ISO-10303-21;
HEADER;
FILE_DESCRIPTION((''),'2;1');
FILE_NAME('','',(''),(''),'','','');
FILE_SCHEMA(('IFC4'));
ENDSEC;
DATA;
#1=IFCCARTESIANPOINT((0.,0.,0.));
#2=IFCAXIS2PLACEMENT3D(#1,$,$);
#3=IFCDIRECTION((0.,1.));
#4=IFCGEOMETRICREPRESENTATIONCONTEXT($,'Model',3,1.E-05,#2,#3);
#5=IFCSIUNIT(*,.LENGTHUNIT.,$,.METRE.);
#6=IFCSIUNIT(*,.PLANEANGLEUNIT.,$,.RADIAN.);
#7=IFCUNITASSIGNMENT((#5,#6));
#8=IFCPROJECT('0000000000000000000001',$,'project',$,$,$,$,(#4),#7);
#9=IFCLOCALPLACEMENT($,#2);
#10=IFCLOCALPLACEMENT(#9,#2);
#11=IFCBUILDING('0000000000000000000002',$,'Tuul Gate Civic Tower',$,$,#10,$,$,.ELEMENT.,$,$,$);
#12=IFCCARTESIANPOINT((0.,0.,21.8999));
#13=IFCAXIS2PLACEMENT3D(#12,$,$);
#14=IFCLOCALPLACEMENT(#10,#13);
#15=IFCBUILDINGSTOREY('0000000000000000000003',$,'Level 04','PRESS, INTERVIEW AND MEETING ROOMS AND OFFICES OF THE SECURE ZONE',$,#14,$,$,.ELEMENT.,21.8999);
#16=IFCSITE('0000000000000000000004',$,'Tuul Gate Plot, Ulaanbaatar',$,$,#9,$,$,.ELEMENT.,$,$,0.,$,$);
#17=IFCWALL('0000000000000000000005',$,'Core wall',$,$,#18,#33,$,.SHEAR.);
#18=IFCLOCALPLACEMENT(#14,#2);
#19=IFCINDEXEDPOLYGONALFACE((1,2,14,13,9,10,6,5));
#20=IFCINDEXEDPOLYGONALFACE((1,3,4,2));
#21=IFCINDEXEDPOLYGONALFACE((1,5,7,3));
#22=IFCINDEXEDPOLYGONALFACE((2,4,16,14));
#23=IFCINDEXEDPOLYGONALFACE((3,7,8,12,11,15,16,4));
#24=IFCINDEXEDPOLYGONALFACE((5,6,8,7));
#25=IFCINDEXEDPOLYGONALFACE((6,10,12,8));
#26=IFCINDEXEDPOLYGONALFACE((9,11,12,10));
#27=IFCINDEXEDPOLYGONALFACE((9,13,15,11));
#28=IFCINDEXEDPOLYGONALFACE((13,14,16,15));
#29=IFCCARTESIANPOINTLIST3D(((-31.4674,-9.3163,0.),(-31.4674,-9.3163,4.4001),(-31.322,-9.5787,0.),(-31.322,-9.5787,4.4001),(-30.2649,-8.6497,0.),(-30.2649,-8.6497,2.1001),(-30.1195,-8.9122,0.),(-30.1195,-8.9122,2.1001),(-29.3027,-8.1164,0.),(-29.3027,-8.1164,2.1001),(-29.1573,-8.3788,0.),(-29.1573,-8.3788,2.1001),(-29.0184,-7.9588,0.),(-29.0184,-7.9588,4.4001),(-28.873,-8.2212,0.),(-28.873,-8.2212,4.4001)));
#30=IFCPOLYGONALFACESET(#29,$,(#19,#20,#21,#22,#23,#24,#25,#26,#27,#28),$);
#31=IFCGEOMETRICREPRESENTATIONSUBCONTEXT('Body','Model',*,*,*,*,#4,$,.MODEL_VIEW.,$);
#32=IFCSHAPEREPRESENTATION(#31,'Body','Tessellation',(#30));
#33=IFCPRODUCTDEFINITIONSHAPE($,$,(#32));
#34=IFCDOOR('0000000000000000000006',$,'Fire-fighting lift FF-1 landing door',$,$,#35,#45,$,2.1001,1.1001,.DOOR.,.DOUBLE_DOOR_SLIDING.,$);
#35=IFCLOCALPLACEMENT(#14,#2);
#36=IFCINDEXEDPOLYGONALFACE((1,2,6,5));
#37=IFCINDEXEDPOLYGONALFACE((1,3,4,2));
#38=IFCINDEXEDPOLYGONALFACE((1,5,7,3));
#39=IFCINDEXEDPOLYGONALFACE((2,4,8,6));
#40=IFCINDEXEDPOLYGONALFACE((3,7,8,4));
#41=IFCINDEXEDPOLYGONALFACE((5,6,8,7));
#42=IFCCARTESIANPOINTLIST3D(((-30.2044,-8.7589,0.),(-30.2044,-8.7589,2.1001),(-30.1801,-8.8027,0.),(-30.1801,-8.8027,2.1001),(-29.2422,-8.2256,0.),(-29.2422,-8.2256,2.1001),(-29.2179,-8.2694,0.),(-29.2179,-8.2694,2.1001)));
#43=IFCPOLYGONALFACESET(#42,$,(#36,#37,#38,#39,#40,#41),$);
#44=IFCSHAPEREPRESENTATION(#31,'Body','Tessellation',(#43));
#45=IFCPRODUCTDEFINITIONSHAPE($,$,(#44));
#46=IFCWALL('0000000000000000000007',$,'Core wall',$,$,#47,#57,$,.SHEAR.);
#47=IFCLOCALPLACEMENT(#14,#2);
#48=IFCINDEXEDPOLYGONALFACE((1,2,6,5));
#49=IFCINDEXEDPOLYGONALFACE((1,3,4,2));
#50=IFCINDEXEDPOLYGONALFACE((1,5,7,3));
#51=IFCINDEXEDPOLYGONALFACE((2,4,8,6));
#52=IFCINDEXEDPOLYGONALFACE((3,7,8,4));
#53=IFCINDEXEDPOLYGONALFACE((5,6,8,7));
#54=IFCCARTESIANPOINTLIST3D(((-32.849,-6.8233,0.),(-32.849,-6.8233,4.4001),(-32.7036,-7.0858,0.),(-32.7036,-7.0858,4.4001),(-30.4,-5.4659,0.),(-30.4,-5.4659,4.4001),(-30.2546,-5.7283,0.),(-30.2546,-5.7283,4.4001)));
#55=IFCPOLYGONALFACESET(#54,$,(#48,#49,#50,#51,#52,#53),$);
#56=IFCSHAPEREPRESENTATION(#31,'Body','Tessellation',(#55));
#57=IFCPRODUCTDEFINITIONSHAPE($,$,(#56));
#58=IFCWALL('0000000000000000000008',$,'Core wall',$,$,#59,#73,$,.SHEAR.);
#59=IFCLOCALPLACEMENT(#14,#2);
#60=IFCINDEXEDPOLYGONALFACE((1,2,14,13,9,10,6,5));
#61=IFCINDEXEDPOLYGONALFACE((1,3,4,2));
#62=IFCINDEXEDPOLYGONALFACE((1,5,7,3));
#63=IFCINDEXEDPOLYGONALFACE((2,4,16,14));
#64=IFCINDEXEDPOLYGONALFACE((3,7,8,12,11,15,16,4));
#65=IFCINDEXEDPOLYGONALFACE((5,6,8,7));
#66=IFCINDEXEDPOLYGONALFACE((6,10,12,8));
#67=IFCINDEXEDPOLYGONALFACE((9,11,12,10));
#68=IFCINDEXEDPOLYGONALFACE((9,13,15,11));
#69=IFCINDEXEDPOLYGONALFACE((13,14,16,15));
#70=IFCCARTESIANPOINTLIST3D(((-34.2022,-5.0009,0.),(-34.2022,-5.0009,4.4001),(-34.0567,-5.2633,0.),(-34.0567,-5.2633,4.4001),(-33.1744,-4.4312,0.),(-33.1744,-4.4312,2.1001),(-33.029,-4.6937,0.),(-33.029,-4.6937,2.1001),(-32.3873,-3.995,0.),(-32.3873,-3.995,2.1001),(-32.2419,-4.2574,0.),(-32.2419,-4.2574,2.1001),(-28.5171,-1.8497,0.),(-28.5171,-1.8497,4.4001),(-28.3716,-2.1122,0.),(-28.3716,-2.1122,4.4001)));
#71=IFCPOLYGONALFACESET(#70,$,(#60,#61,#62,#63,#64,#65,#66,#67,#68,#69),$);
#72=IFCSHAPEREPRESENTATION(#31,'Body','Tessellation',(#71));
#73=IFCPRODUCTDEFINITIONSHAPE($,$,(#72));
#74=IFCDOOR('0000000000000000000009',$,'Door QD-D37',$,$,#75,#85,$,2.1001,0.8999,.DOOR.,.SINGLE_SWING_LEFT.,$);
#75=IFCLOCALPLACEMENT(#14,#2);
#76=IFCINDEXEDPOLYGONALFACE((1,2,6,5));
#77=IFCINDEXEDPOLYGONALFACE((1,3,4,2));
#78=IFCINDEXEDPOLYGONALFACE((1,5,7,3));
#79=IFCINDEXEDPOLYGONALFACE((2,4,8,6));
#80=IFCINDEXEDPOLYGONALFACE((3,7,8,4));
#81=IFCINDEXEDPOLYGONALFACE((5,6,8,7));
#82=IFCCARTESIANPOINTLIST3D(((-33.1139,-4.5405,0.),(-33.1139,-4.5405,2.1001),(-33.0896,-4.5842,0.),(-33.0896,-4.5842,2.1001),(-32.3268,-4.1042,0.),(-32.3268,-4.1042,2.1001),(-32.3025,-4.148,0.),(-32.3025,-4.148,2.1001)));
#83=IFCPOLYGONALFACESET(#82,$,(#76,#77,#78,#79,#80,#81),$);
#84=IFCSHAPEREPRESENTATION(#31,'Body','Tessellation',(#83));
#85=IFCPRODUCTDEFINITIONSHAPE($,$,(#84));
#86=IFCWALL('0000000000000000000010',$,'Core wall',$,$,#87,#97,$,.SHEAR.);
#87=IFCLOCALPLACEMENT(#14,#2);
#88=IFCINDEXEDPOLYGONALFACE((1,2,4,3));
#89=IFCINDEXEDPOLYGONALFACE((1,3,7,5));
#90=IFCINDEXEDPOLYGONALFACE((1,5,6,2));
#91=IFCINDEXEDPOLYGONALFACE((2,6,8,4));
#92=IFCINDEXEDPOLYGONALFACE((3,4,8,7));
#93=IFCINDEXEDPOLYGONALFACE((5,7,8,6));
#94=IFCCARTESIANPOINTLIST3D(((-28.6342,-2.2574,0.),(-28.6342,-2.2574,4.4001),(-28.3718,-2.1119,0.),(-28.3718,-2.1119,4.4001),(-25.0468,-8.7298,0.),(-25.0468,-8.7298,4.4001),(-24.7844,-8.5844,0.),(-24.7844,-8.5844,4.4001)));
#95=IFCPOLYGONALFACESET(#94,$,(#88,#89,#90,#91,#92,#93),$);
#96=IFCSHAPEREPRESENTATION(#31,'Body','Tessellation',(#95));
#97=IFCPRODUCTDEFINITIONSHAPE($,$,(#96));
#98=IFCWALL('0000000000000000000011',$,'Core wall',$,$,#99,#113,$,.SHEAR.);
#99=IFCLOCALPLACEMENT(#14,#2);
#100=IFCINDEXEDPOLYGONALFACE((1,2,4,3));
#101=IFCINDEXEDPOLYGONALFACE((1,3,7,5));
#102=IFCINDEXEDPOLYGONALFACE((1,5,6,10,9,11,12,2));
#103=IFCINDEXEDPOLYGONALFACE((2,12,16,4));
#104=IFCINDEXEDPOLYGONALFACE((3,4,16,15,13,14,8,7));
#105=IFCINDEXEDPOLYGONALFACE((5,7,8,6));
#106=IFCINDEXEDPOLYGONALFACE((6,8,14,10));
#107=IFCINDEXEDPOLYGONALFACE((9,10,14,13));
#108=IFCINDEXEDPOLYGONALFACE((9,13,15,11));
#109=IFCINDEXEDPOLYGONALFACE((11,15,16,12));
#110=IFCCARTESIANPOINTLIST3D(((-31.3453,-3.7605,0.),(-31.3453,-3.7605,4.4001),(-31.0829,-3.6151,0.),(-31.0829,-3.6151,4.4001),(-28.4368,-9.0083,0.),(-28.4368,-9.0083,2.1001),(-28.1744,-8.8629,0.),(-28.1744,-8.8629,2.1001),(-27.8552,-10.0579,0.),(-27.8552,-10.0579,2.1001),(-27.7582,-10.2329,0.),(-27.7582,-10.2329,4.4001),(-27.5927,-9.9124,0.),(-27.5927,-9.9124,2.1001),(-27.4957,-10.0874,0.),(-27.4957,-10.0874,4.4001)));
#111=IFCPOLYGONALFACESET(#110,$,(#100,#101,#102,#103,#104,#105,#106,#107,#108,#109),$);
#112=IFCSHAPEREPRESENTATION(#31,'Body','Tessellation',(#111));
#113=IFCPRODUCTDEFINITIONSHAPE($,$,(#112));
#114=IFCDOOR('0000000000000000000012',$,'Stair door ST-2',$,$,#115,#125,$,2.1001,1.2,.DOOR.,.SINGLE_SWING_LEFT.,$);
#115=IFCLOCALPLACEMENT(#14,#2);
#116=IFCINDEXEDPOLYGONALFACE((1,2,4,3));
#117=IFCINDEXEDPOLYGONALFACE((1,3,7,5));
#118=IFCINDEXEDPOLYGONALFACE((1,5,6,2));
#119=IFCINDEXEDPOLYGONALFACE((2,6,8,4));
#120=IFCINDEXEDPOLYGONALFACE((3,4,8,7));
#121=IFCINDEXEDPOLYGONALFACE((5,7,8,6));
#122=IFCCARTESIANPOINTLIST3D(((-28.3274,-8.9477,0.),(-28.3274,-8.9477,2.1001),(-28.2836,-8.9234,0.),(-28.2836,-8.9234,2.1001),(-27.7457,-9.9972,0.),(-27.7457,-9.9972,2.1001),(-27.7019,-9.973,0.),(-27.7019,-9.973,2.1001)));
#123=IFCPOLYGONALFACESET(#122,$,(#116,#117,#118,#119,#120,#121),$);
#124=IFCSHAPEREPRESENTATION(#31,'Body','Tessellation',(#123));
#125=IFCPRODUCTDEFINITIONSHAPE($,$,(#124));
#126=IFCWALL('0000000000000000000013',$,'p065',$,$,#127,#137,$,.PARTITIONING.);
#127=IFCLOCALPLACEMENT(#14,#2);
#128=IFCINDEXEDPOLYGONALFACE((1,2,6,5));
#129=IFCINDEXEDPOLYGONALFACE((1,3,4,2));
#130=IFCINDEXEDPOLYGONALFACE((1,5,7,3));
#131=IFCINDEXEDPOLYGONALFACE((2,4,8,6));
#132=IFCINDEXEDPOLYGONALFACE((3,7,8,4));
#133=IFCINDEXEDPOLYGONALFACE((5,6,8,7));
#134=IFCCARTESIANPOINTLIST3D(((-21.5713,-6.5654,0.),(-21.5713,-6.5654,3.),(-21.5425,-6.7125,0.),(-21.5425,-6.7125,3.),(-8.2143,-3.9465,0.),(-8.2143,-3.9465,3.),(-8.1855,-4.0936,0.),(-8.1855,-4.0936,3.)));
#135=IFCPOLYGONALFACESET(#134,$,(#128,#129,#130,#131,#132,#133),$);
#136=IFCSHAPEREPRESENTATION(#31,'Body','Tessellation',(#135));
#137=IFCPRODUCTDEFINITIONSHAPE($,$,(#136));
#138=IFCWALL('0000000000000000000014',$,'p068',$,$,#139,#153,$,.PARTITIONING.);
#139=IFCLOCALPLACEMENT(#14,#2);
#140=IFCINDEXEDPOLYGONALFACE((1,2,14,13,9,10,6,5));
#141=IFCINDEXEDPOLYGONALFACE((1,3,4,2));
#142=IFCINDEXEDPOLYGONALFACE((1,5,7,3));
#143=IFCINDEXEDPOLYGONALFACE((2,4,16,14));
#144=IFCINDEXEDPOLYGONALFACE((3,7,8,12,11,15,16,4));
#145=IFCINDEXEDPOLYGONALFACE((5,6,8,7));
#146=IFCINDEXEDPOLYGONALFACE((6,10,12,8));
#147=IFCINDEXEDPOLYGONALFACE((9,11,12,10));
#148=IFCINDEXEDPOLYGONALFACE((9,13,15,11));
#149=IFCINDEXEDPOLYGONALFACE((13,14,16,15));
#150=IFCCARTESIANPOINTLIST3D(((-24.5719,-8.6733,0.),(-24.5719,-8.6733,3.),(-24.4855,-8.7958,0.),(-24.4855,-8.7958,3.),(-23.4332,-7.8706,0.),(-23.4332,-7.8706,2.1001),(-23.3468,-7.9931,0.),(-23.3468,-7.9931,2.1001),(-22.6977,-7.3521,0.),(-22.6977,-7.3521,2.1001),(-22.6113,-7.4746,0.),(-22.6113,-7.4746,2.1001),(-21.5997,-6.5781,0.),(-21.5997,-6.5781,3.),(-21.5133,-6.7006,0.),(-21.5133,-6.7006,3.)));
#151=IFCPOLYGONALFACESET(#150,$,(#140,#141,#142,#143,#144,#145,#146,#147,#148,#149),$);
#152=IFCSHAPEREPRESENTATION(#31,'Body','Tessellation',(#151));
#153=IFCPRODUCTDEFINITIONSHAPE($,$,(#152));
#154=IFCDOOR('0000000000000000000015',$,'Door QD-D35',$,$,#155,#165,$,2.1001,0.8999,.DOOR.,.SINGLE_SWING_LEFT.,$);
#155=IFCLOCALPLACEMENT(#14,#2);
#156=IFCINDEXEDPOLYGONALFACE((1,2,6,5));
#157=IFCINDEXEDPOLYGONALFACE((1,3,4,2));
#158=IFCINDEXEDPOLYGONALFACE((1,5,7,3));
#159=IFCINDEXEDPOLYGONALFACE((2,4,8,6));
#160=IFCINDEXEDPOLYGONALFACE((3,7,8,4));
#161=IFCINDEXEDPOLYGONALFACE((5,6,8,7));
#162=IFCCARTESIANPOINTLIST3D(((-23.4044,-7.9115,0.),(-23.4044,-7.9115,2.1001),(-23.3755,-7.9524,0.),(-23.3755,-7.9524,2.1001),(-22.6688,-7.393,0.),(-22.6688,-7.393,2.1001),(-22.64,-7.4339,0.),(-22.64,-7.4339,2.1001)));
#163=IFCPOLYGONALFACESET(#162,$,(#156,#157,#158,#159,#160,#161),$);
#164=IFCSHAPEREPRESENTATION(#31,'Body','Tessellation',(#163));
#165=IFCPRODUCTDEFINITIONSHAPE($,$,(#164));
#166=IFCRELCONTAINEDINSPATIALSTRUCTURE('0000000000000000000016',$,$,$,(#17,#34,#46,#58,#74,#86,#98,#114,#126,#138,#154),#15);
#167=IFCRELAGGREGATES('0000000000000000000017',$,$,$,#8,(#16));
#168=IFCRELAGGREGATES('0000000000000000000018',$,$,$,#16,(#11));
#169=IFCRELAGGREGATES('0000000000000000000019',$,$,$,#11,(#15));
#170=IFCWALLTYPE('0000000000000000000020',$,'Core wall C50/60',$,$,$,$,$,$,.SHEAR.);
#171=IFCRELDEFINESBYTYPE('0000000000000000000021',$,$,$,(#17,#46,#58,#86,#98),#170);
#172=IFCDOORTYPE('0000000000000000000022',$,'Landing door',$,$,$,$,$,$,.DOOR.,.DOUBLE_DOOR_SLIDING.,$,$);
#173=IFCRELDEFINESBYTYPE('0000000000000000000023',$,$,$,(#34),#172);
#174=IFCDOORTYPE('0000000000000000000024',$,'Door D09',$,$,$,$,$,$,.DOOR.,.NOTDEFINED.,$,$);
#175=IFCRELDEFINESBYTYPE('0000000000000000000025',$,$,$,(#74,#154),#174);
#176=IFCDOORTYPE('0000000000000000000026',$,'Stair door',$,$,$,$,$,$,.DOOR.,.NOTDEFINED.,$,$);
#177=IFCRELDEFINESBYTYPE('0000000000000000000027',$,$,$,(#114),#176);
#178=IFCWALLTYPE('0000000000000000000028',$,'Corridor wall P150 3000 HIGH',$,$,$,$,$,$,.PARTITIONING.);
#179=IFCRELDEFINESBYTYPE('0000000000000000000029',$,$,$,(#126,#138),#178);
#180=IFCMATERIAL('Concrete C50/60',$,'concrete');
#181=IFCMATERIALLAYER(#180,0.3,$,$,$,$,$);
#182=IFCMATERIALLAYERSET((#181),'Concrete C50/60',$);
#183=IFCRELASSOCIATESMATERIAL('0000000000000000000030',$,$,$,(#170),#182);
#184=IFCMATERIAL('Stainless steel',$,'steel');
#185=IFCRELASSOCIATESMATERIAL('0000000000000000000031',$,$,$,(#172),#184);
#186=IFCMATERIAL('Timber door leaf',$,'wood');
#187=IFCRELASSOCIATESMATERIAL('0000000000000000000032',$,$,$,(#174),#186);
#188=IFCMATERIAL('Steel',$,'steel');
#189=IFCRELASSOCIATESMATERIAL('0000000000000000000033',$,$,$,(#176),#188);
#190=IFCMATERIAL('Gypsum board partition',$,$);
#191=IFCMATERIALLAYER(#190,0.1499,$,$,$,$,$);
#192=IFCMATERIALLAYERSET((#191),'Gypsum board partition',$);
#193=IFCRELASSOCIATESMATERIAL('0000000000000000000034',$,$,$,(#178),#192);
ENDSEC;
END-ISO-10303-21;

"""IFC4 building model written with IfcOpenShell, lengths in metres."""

from ifc_helpers import new_model, si_unit, direction, frame, frame_2d, origin, place, context, subcontext, project, spatial, rectangle, extrude, material, layer, layer_set, type_object, element, fill, save


model = new_model("IFC4")

# Units and contexts
model_context = context("Model", 3, precision=1e-05, world=origin(), true_north=direction((0.0, 1.0)))
body_context = subcontext(model_context, "Body", "Model", "MODEL_VIEW")
ifc_project = project(units=[si_unit("LENGTHUNIT", "METRE"), si_unit("PLANEANGLEUNIT", "RADIAN")], contexts=[model_context])

# Site, building, storey
site_placement = place(None, origin())
site = spatial("IfcSite", under=ifc_project, at=site_placement, Name="Tuul Gate Plot, Ulaanbaatar", CompositionType="ELEMENT", RefElevation=0.0)
building_placement = place(site_placement, origin())
building = spatial("IfcBuilding", under=site, at=building_placement, Name="Tuul Gate Civic Tower", CompositionType="ELEMENT")
storey_placement = place(building_placement, frame((0.0, 0.0, 21.8999)))
storey = spatial("IfcBuildingStorey", under=building, at=storey_placement, Name="Level 04", Description="PRESS, INTERVIEW AND MEETING ROOMS AND OFFICES OF THE SECURE ZONE", CompositionType="ELEMENT", Elevation=21.8999)

# Shared definitions
ifc_material_1 = material(Name="Concrete C50/60", Category="concrete")
ifc_layer_1 = layer(ifc_material_1, 0.3)
ifc_layer_set_1 = layer_set([ifc_layer_1], Name="Concrete C50/60")
wall_type_1 = type_object("IfcWallType", Name="Core wall C50/60", PredefinedType="SHEAR", material=ifc_layer_set_1)

# Wall, opening, door
wall_1_placement = place(storey_placement, frame((-28.9458, -8.0901, 0.0), z_axis=(0.0, 0.0, 1.0), x_axis=(-0.87463, -0.484791, 0.0)))
wall_1 = element("IfcWall", 1, at=wall_1_placement, inside=storey, type_object=wall_type_1, Name="Core wall", PredefinedType="SHEAR", context=body_context, shape_type="SweptSolid", body=[
    extrude(rectangle(XDim=2.8, YDim=0.3, at=frame_2d((1.3999, 0.0))), origin(), (0.0, 0.0, 1.0), 4.4001),
])
opening_1_placement = place(wall_1_placement, frame((0.325, 0.0, 0.0)))
opening_1 = element("IfcOpeningElement", 2, at=opening_1_placement, cuts=wall_1, PredefinedType="OPENING", context=body_context, shape_type="SweptSolid", body=[
    extrude(rectangle(XDim=1.1001, YDim=2.1001, at=frame_2d((0.55, 1.05))), frame((0.0, 0.1602, 0.0), z_axis=(0.0, -1.0, 0.0), x_axis=(1.0, 0.0, 0.0)), (0.0, 0.0, 1.0), 0.3201),
])
ifc_material_2 = material(Name="Stainless steel", Category="steel")
door_type_1 = type_object("IfcDoorType", Name="Landing door", OperationType="DOUBLE_DOOR_SLIDING", PredefinedType="DOOR", material=ifc_material_2)
door_1_placement = place(opening_1_placement, origin())
door_1 = element("IfcDoor", 3, at=door_1_placement, inside=storey, type_object=door_type_1, Name="Fire-fighting lift FF-1 landing door", OperationType="DOUBLE_DOOR_SLIDING", OverallHeight=2.1001, OverallWidth=1.1001, PredefinedType="DOOR", context=body_context, shape_type="SweptSolid", body=[
    extrude(rectangle(XDim=1.1001, YDim=2.1001, at=frame_2d((0.55, 1.05))), frame((0.0, 0.0249, 0.0), z_axis=(0.0, -1.0, 0.0), x_axis=(1.0, 0.0, 0.0)), (0.0, 0.0, 1.0), 0.05),
])
fill(opening_1, door_1)

# Wall
wall_2_placement = place(storey_placement, frame((-30.3274, -5.5972, 0.0), z_axis=(0.0, 0.0, 1.0), x_axis=(-0.87463, -0.484791, 0.0)))
element("IfcWall", 4, at=wall_2_placement, inside=storey, type_object=wall_type_1, Name="Core wall", PredefinedType="SHEAR", context=body_context, shape_type="SweptSolid", body=[
    extrude(rectangle(XDim=2.8, YDim=0.3, at=frame_2d((1.3999, 0.0))), origin(), (0.0, 0.0, 1.0), 4.4001),
])

# Wall, opening, door
wall_3_placement = place(storey_placement, frame((-28.4443, -1.981, 0.0), z_axis=(0.0, 0.0, 1.0), x_axis=(-0.87463, -0.484791, 0.0)))
wall_3 = element("IfcWall", 5, at=wall_3_placement, inside=storey, type_object=wall_type_1, Name="Core wall", PredefinedType="SHEAR", context=body_context, shape_type="SweptSolid", body=[
    extrude(rectangle(XDim=6.5, YDim=0.3, at=frame_2d((3.25, 0.0))), origin(), (0.0, 0.0, 1.0), 4.4001),
])
opening_2_placement = place(wall_3_placement, frame((4.425, 0.0, 0.0)))
opening_2 = element("IfcOpeningElement", 6, at=opening_2_placement, cuts=wall_3, PredefinedType="OPENING", context=body_context, shape_type="SweptSolid", body=[
    extrude(rectangle(XDim=0.8999, YDim=2.1001, at=frame_2d((0.45, 1.05))), frame((0.0, 0.1602, 0.0), z_axis=(0.0, -1.0, 0.0), x_axis=(1.0, 0.0, 0.0)), (0.0, 0.0, 1.0), 0.3201),
])
ifc_material_3 = material(Name="Timber door leaf", Category="wood")
door_type_2 = type_object("IfcDoorType", Name="Door D09", OperationType="NOTDEFINED", PredefinedType="DOOR", material=ifc_material_3)
door_2_placement = place(opening_2_placement, origin())
door_2 = element("IfcDoor", 7, at=door_2_placement, inside=storey, type_object=door_type_2, Name="Door QD-D37", OperationType="SINGLE_SWING_LEFT", OverallHeight=2.1001, OverallWidth=0.8999, PredefinedType="DOOR", context=body_context, shape_type="SweptSolid", body=[
    extrude(rectangle(XDim=0.8999, YDim=2.1001, at=frame_2d((0.45, 1.05))), frame((0.0, 0.0249, 0.0), z_axis=(0.0, -1.0, 0.0), x_axis=(1.0, 0.0, 0.0)), (0.0, 0.0, 1.0), 0.05),
])
fill(opening_2, door_2)

# Wall
wall_4_placement = place(storey_placement, frame((-24.9155, -8.6572, 0.0), z_axis=(0.0, 0.0, 1.0), x_axis=(-0.484777, 0.874638, 0.0)))
element("IfcWall", 8, at=wall_4_placement, inside=storey, type_object=wall_type_1, Name="Core wall", PredefinedType="SHEAR", context=body_context, shape_type="SweptSolid", body=[
    extrude(rectangle(XDim=7.4001, YDim=0.3, at=frame_2d((3.7002, 0.0))), origin(), (0.0, 0.0, 1.0), 4.4001),
])

# Wall, opening, door
wall_5_placement = place(storey_placement, frame((-27.627, -10.1602, 0.0), z_axis=(0.0, 0.0, 1.0), x_axis=(-0.484752, 0.874652, 0.0)))
wall_5 = element("IfcWall", 9, at=wall_5_placement, inside=storey, type_object=wall_type_1, Name="Core wall", PredefinedType="SHEAR", context=body_context, shape_type="SweptSolid", body=[
    extrude(rectangle(XDim=7.3999, YDim=0.3, at=frame_2d((3.7, 0.0))), origin(), (0.0, 0.0, 1.0), 4.4001),
])
opening_3_placement = place(wall_5_placement, frame((0.2, 0.0, 0.0)))
opening_3 = element("IfcOpeningElement", 10, at=opening_3_placement, cuts=wall_5, PredefinedType="OPENING", context=body_context, shape_type="SweptSolid", body=[
    extrude(rectangle(XDim=1.2, YDim=2.1001, at=frame_2d((0.6001, 1.05))), frame((0.0, 0.1602, 0.0), z_axis=(0.0, -1.0, 0.0), x_axis=(1.0, 0.0, 0.0)), (0.0, 0.0, 1.0), 0.3201),
])
ifc_material_4 = material(Name="Steel", Category="steel")
door_type_3 = type_object("IfcDoorType", Name="Stair door", OperationType="NOTDEFINED", PredefinedType="DOOR", material=ifc_material_4)
door_3_placement = place(opening_3_placement, origin())
door_3 = element("IfcDoor", 11, at=door_3_placement, inside=storey, type_object=door_type_3, Name="Stair door ST-2", OperationType="SINGLE_SWING_LEFT", OverallHeight=2.1001, OverallWidth=1.2, PredefinedType="DOOR", context=body_context, shape_type="SweptSolid", body=[
    extrude(rectangle(XDim=1.2, YDim=2.1001, at=frame_2d((0.6001, 1.05))), frame((0.0, 0.0249, 0.0), z_axis=(0.0, -1.0, 0.0), x_axis=(1.0, 0.0, 0.0)), (0.0, 0.0, 1.0), 0.05),
])
fill(opening_3, door_3)

# Wall
ifc_material_5 = material(Name="Gypsum board partition")
ifc_layer_2 = layer(ifc_material_5, 0.1499)
ifc_layer_set_2 = layer_set([ifc_layer_2], Name="Gypsum board partition")
wall_type_2 = type_object("IfcWallType", Name="Corridor wall P150 3000 HIGH", PredefinedType="PARTITIONING", material=ifc_layer_set_2)
wall_6_placement = place(storey_placement, frame((-21.5569, -6.6389, 0.0), z_axis=(0.0, 0.0, 1.0), x_axis=(0.981315, 0.192407, 0.0)))
element("IfcWall", 12, at=wall_6_placement, inside=storey, type_object=wall_type_2, Name="p065", PredefinedType="PARTITIONING", context=body_context, shape_type="SweptSolid", body=[
    extrude(rectangle(XDim=13.6113, YDim=0.1499, at=frame_2d((6.8057, 0.0))), origin(), (0.0, 0.0, 1.0), 3.0),
])

# Wall, opening, door
wall_7_placement = place(storey_placement, frame((-24.5288, -8.7346, 0.0), z_axis=(0.0, 0.0, 1.0), x_axis=(0.817329, 0.576172, 0.0)))
wall_7 = element("IfcWall", 13, at=wall_7_placement, inside=storey, type_object=wall_type_2, Name="p068", PredefinedType="PARTITIONING", context=body_context, shape_type="SweptSolid", body=[
    extrude(rectangle(XDim=3.6365, YDim=0.1499, at=frame_2d((1.8184, 0.0))), origin(), (0.0, 0.0, 1.0), 3.0),
])
opening_4_placement = place(wall_7_placement, frame((1.3933, 0.0, 0.0)))
opening_4 = element("IfcOpeningElement", 14, at=opening_4_placement, cuts=wall_7, PredefinedType="OPENING", context=body_context, shape_type="SweptSolid", body=[
    extrude(rectangle(XDim=0.8999, YDim=2.1001, at=frame_2d((0.45, 1.05))), frame((0.0, 0.085, 0.0), z_axis=(0.0, -1.0, 0.0), x_axis=(1.0, 0.0, 0.0)), (0.0, 0.0, 1.0), 0.1699),
])
door_4_placement = place(opening_4_placement, origin())
door_4 = element("IfcDoor", 15, at=door_4_placement, inside=storey, type_object=door_type_2, Name="Door QD-D35", OperationType="SINGLE_SWING_LEFT", OverallHeight=2.1001, OverallWidth=0.8999, PredefinedType="DOOR", context=body_context, shape_type="SweptSolid", body=[
    extrude(rectangle(XDim=0.8999, YDim=2.1001, at=frame_2d((0.45, 1.05))), frame((0.0, 0.0249, 0.0), z_axis=(0.0, -1.0, 0.0), x_axis=(1.0, 0.0, 0.0)), (0.0, 0.0, 1.0), 0.05),
])
fill(opening_4, door_4)

save(model, "model.ifc")
